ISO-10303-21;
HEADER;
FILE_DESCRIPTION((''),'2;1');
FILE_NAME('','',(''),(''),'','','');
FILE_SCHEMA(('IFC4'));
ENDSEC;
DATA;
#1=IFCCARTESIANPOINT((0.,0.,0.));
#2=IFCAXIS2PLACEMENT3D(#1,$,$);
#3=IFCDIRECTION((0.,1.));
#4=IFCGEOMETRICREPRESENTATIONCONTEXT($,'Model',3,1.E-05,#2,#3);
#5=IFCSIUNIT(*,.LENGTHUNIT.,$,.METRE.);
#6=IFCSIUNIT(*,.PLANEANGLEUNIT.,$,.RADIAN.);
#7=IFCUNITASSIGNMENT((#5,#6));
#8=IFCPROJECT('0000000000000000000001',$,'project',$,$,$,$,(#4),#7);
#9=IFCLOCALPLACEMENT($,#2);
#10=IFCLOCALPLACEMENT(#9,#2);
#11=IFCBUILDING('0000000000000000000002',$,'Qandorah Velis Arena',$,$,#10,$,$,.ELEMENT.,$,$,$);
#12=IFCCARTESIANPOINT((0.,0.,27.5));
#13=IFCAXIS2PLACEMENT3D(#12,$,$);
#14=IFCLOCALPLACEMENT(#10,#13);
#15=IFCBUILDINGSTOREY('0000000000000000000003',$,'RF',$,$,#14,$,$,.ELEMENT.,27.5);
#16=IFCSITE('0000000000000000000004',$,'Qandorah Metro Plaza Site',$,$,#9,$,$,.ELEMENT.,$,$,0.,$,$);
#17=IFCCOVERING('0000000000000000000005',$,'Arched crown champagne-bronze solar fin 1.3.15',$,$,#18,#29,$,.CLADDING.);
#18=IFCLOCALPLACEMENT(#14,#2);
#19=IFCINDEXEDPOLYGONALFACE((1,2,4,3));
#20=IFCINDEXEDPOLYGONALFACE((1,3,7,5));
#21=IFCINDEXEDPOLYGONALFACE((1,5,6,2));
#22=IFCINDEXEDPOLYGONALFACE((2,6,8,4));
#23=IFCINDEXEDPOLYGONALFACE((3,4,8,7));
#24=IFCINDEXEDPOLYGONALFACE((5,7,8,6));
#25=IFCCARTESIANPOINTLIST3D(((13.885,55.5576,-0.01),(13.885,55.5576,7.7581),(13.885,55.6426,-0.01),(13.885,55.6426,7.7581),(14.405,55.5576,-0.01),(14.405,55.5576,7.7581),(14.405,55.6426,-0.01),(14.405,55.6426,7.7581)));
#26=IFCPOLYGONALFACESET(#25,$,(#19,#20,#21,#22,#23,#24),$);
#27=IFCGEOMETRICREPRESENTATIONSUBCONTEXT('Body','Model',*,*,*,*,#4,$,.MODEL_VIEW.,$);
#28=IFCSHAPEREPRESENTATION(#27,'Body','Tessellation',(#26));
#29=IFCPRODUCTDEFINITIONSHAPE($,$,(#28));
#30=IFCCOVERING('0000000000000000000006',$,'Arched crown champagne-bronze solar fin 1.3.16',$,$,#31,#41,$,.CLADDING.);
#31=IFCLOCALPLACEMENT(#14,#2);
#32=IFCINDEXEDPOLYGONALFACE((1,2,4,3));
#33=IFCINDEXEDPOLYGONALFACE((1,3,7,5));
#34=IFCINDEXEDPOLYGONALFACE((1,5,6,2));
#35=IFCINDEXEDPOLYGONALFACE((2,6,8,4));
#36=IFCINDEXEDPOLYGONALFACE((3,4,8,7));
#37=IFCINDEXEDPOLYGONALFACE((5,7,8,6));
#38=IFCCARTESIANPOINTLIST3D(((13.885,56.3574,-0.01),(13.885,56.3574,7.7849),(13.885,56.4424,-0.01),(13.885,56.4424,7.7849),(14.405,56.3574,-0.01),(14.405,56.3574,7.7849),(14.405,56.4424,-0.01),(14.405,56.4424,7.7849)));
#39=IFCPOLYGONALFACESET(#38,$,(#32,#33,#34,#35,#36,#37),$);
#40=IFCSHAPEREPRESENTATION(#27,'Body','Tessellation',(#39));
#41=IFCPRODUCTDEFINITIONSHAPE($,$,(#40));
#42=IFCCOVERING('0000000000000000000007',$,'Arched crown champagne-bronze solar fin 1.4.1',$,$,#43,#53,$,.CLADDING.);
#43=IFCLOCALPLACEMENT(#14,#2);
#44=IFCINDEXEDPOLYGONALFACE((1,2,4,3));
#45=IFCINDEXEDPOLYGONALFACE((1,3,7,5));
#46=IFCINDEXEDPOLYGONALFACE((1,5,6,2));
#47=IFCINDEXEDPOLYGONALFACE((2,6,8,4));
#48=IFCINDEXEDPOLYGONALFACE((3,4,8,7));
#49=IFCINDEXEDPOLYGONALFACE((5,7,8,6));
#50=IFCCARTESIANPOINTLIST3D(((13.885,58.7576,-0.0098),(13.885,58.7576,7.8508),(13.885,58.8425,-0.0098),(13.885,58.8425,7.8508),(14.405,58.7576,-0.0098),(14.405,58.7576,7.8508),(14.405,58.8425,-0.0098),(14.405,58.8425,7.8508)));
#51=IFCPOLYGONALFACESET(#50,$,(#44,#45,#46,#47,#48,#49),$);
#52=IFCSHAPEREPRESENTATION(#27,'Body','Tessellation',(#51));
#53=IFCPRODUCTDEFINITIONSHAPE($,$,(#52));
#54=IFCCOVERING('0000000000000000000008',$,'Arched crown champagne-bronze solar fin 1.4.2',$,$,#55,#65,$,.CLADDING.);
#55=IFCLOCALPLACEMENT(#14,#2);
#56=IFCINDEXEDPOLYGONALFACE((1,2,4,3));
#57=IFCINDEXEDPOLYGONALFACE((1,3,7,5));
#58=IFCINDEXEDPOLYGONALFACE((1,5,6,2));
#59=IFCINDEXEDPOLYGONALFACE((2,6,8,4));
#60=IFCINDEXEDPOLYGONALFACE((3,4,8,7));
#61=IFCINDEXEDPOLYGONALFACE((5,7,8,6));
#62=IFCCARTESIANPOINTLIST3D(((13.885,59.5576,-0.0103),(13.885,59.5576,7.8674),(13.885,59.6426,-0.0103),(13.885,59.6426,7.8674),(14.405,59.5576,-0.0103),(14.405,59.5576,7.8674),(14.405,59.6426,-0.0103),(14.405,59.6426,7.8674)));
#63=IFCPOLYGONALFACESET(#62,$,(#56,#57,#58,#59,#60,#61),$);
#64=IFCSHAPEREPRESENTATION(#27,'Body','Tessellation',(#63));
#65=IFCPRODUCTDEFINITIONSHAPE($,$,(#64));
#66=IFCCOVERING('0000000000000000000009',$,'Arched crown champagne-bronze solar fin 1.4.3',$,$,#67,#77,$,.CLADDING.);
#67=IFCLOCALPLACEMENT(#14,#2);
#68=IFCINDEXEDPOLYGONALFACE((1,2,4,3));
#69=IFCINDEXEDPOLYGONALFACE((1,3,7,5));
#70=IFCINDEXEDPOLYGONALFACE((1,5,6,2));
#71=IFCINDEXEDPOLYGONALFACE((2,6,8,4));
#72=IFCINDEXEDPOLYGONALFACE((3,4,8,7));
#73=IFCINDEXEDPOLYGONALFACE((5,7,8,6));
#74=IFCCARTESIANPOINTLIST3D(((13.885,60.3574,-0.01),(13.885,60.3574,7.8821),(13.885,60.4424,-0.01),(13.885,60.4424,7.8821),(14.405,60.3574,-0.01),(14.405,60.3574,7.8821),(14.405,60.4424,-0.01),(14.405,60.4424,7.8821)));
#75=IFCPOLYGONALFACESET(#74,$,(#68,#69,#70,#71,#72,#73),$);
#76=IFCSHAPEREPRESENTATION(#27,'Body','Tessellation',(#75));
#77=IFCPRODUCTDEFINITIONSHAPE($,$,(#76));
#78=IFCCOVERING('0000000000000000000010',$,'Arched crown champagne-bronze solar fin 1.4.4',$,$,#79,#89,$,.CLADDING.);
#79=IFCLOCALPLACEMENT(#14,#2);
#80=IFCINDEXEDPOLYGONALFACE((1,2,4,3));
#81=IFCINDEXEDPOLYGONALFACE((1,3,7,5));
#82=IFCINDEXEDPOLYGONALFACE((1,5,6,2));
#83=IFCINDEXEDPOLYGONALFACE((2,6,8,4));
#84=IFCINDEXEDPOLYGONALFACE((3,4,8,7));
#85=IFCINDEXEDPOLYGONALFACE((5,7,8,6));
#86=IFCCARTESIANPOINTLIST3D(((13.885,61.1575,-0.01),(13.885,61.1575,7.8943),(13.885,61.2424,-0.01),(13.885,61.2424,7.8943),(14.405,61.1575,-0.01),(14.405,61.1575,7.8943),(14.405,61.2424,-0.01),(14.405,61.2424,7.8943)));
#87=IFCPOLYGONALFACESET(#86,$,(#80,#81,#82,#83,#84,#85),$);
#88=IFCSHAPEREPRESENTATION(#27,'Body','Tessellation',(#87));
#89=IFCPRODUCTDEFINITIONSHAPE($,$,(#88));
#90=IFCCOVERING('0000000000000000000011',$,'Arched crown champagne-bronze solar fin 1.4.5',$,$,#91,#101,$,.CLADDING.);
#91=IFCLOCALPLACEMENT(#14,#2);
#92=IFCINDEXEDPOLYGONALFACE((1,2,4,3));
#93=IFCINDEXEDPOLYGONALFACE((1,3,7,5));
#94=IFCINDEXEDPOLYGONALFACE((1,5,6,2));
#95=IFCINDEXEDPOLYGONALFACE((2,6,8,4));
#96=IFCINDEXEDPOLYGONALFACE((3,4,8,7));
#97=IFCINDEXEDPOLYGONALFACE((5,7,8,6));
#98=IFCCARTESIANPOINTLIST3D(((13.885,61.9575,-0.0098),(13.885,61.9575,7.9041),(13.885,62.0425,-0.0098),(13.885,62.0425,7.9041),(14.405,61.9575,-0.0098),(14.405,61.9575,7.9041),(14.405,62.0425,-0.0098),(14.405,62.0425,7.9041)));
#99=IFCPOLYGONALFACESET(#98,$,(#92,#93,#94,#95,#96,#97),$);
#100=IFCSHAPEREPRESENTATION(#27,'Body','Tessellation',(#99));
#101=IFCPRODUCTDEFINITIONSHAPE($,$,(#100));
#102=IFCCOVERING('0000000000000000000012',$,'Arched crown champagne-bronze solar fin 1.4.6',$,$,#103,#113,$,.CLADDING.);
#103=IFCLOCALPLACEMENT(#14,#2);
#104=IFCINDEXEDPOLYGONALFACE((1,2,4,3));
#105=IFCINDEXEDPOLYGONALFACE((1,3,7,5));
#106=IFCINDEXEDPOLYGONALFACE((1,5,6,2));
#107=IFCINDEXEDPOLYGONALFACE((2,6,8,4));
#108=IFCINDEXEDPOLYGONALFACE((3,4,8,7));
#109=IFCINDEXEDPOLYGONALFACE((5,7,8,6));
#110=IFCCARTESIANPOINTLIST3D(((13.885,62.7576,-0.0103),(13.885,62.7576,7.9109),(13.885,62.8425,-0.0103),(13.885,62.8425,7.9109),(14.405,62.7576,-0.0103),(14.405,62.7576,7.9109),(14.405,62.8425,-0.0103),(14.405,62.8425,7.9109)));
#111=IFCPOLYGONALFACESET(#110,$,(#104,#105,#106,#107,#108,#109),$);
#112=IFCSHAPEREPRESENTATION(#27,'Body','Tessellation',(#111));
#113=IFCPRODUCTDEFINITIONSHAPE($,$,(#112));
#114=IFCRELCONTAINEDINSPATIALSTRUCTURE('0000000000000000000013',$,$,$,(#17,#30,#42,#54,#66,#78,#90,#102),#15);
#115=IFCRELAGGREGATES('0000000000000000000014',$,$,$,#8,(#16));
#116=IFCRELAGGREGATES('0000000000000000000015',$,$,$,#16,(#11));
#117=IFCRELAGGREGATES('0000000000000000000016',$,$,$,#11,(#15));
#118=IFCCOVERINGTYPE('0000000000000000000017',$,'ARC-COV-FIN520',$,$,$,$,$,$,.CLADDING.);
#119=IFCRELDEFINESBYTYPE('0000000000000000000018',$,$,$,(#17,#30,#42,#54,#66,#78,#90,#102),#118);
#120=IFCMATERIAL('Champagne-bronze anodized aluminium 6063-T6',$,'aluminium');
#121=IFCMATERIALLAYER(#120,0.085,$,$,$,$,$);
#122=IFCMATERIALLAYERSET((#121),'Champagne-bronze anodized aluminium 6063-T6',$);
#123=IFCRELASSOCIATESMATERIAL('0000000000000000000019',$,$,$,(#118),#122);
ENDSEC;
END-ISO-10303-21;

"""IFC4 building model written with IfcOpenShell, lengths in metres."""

from ifc_helpers import new_model, si_unit, direction, frame, origin, origin_2d, place, context, subcontext, project, spatial, rectangle, extrude, material, layer, layer_set, type_object, element, save


model = new_model("IFC4")

# Units and contexts
model_context = context("Model", 3, precision=1e-05, world=origin(), true_north=direction((0.0, 1.0)))
body_context = subcontext(model_context, "Body", "Model", "MODEL_VIEW")
ifc_project = project(units=[si_unit("LENGTHUNIT", "METRE"), si_unit("PLANEANGLEUNIT", "RADIAN")], contexts=[model_context])

# Site, building, storey
site_placement = place(None, origin())
site = spatial("IfcSite", under=ifc_project, at=site_placement, Name="Qandorah Metro Plaza Site", CompositionType="ELEMENT", RefElevation=0.0)
building_placement = place(site_placement, origin())
building = spatial("IfcBuilding", under=site, at=building_placement, Name="Qandorah Velis Arena", CompositionType="ELEMENT")
storey_placement = place(building_placement, frame((0.0, 0.0, 27.5)))
storey = spatial("IfcBuildingStorey", under=building, at=storey_placement, Name="RF", CompositionType="ELEMENT", Elevation=27.5)

# Shared definitions
ifc_material_1 = material(Name="Champagne-bronze anodized aluminium 6063-T6", Category="aluminium")

# Coverings
ifc_layer_1 = layer(ifc_material_1, 0.085)
ifc_layer_set_1 = layer_set([ifc_layer_1], Name="Champagne-bronze anodized aluminium 6063-T6")
covering_type = type_object("IfcCoveringType", Name="ARC-COV-FIN520", PredefinedType="CLADDING", material=ifc_layer_set_1)
covering_1_placement = place(storey_placement, frame((14.145, 55.6001, -0.01), z_axis=(0.0, 0.0, 1.0), x_axis=(1.0, 0.0, 0.0)))
element("IfcCovering", 1, at=covering_1_placement, inside=storey, type_object=covering_type, Name="Arched crown champagne-bronze solar fin 1.3.15", PredefinedType="CLADDING", context=body_context, shape_type="SweptSolid", body=[
    extrude(rectangle(XDim=0.52, YDim=0.085, at=origin_2d()), origin(), (0.0, 0.0, 1.0), 7.7681),
])
covering_2_placement = place(storey_placement, frame((14.145, 56.3999, -0.01), z_axis=(0.0, 0.0, 1.0), x_axis=(1.0, 0.0, 0.0)))
element("IfcCovering", 2, at=covering_2_placement, inside=storey, type_object=covering_type, Name="Arched crown champagne-bronze solar fin 1.3.16", PredefinedType="CLADDING", context=body_context, shape_type="SweptSolid", body=[
    extrude(rectangle(XDim=0.52, YDim=0.085, at=origin_2d()), origin(), (0.0, 0.0, 1.0), 7.7949),
])
covering_3_placement = place(storey_placement, frame((14.145, 58.8, -0.0098), z_axis=(0.0, 0.0, 1.0), x_axis=(1.0, 0.0, 0.0)))
element("IfcCovering", 3, at=covering_3_placement, inside=storey, type_object=covering_type, Name="Arched crown champagne-bronze solar fin 1.4.1", PredefinedType="CLADDING", context=body_context, shape_type="SweptSolid", body=[
    extrude(rectangle(XDim=0.52, YDim=0.085, at=origin_2d()), origin(), (0.0, 0.0, 1.0), 7.8606),
])
covering_4_placement = place(storey_placement, frame((14.145, 59.6001, -0.0103), z_axis=(0.0, 0.0, 1.0), x_axis=(1.0, 0.0, 0.0)))
element("IfcCovering", 4, at=covering_4_placement, inside=storey, type_object=covering_type, Name="Arched crown champagne-bronze solar fin 1.4.2", PredefinedType="CLADDING", context=body_context, shape_type="SweptSolid", body=[
    extrude(rectangle(XDim=0.52, YDim=0.085, at=origin_2d()), origin(), (0.0, 0.0, 1.0), 7.8777),
])
covering_5_placement = place(storey_placement, frame((14.145, 60.3999, -0.01), z_axis=(0.0, 0.0, 1.0), x_axis=(1.0, 0.0, 0.0)))
element("IfcCovering", 5, at=covering_5_placement, inside=storey, type_object=covering_type, Name="Arched crown champagne-bronze solar fin 1.4.3", PredefinedType="CLADDING", context=body_context, shape_type="SweptSolid", body=[
    extrude(rectangle(XDim=0.52, YDim=0.085, at=origin_2d()), origin(), (0.0, 0.0, 1.0), 7.8921),
])
covering_6_placement = place(storey_placement, frame((14.145, 61.2, -0.01), z_axis=(0.0, 0.0, 1.0), x_axis=(1.0, 0.0, 0.0)))
element("IfcCovering", 6, at=covering_6_placement, inside=storey, type_object=covering_type, Name="Arched crown champagne-bronze solar fin 1.4.4", PredefinedType="CLADDING", context=body_context, shape_type="SweptSolid", body=[
    extrude(rectangle(XDim=0.52, YDim=0.085, at=origin_2d()), origin(), (0.0, 0.0, 1.0), 7.9043),
])
covering_7_placement = place(storey_placement, frame((14.145, 62.0, -0.0098), z_axis=(0.0, 0.0, 1.0), x_axis=(1.0, 0.0, 0.0)))
element("IfcCovering", 7, at=covering_7_placement, inside=storey, type_object=covering_type, Name="Arched crown champagne-bronze solar fin 1.4.5", PredefinedType="CLADDING", context=body_context, shape_type="SweptSolid", body=[
    extrude(rectangle(XDim=0.52, YDim=0.085, at=origin_2d()), origin(), (0.0, 0.0, 1.0), 7.9138),
])
covering_8_placement = place(storey_placement, frame((14.145, 62.8, -0.0103), z_axis=(0.0, 0.0, 1.0), x_axis=(1.0, 0.0, 0.0)))
element("IfcCovering", 8, at=covering_8_placement, inside=storey, type_object=covering_type, Name="Arched crown champagne-bronze solar fin 1.4.6", PredefinedType="CLADDING", context=body_context, shape_type="SweptSolid", body=[
    extrude(rectangle(XDim=0.52, YDim=0.085, at=origin_2d()), origin(), (0.0, 0.0, 1.0), 7.9211),
])

save(model, "model.ifc")
